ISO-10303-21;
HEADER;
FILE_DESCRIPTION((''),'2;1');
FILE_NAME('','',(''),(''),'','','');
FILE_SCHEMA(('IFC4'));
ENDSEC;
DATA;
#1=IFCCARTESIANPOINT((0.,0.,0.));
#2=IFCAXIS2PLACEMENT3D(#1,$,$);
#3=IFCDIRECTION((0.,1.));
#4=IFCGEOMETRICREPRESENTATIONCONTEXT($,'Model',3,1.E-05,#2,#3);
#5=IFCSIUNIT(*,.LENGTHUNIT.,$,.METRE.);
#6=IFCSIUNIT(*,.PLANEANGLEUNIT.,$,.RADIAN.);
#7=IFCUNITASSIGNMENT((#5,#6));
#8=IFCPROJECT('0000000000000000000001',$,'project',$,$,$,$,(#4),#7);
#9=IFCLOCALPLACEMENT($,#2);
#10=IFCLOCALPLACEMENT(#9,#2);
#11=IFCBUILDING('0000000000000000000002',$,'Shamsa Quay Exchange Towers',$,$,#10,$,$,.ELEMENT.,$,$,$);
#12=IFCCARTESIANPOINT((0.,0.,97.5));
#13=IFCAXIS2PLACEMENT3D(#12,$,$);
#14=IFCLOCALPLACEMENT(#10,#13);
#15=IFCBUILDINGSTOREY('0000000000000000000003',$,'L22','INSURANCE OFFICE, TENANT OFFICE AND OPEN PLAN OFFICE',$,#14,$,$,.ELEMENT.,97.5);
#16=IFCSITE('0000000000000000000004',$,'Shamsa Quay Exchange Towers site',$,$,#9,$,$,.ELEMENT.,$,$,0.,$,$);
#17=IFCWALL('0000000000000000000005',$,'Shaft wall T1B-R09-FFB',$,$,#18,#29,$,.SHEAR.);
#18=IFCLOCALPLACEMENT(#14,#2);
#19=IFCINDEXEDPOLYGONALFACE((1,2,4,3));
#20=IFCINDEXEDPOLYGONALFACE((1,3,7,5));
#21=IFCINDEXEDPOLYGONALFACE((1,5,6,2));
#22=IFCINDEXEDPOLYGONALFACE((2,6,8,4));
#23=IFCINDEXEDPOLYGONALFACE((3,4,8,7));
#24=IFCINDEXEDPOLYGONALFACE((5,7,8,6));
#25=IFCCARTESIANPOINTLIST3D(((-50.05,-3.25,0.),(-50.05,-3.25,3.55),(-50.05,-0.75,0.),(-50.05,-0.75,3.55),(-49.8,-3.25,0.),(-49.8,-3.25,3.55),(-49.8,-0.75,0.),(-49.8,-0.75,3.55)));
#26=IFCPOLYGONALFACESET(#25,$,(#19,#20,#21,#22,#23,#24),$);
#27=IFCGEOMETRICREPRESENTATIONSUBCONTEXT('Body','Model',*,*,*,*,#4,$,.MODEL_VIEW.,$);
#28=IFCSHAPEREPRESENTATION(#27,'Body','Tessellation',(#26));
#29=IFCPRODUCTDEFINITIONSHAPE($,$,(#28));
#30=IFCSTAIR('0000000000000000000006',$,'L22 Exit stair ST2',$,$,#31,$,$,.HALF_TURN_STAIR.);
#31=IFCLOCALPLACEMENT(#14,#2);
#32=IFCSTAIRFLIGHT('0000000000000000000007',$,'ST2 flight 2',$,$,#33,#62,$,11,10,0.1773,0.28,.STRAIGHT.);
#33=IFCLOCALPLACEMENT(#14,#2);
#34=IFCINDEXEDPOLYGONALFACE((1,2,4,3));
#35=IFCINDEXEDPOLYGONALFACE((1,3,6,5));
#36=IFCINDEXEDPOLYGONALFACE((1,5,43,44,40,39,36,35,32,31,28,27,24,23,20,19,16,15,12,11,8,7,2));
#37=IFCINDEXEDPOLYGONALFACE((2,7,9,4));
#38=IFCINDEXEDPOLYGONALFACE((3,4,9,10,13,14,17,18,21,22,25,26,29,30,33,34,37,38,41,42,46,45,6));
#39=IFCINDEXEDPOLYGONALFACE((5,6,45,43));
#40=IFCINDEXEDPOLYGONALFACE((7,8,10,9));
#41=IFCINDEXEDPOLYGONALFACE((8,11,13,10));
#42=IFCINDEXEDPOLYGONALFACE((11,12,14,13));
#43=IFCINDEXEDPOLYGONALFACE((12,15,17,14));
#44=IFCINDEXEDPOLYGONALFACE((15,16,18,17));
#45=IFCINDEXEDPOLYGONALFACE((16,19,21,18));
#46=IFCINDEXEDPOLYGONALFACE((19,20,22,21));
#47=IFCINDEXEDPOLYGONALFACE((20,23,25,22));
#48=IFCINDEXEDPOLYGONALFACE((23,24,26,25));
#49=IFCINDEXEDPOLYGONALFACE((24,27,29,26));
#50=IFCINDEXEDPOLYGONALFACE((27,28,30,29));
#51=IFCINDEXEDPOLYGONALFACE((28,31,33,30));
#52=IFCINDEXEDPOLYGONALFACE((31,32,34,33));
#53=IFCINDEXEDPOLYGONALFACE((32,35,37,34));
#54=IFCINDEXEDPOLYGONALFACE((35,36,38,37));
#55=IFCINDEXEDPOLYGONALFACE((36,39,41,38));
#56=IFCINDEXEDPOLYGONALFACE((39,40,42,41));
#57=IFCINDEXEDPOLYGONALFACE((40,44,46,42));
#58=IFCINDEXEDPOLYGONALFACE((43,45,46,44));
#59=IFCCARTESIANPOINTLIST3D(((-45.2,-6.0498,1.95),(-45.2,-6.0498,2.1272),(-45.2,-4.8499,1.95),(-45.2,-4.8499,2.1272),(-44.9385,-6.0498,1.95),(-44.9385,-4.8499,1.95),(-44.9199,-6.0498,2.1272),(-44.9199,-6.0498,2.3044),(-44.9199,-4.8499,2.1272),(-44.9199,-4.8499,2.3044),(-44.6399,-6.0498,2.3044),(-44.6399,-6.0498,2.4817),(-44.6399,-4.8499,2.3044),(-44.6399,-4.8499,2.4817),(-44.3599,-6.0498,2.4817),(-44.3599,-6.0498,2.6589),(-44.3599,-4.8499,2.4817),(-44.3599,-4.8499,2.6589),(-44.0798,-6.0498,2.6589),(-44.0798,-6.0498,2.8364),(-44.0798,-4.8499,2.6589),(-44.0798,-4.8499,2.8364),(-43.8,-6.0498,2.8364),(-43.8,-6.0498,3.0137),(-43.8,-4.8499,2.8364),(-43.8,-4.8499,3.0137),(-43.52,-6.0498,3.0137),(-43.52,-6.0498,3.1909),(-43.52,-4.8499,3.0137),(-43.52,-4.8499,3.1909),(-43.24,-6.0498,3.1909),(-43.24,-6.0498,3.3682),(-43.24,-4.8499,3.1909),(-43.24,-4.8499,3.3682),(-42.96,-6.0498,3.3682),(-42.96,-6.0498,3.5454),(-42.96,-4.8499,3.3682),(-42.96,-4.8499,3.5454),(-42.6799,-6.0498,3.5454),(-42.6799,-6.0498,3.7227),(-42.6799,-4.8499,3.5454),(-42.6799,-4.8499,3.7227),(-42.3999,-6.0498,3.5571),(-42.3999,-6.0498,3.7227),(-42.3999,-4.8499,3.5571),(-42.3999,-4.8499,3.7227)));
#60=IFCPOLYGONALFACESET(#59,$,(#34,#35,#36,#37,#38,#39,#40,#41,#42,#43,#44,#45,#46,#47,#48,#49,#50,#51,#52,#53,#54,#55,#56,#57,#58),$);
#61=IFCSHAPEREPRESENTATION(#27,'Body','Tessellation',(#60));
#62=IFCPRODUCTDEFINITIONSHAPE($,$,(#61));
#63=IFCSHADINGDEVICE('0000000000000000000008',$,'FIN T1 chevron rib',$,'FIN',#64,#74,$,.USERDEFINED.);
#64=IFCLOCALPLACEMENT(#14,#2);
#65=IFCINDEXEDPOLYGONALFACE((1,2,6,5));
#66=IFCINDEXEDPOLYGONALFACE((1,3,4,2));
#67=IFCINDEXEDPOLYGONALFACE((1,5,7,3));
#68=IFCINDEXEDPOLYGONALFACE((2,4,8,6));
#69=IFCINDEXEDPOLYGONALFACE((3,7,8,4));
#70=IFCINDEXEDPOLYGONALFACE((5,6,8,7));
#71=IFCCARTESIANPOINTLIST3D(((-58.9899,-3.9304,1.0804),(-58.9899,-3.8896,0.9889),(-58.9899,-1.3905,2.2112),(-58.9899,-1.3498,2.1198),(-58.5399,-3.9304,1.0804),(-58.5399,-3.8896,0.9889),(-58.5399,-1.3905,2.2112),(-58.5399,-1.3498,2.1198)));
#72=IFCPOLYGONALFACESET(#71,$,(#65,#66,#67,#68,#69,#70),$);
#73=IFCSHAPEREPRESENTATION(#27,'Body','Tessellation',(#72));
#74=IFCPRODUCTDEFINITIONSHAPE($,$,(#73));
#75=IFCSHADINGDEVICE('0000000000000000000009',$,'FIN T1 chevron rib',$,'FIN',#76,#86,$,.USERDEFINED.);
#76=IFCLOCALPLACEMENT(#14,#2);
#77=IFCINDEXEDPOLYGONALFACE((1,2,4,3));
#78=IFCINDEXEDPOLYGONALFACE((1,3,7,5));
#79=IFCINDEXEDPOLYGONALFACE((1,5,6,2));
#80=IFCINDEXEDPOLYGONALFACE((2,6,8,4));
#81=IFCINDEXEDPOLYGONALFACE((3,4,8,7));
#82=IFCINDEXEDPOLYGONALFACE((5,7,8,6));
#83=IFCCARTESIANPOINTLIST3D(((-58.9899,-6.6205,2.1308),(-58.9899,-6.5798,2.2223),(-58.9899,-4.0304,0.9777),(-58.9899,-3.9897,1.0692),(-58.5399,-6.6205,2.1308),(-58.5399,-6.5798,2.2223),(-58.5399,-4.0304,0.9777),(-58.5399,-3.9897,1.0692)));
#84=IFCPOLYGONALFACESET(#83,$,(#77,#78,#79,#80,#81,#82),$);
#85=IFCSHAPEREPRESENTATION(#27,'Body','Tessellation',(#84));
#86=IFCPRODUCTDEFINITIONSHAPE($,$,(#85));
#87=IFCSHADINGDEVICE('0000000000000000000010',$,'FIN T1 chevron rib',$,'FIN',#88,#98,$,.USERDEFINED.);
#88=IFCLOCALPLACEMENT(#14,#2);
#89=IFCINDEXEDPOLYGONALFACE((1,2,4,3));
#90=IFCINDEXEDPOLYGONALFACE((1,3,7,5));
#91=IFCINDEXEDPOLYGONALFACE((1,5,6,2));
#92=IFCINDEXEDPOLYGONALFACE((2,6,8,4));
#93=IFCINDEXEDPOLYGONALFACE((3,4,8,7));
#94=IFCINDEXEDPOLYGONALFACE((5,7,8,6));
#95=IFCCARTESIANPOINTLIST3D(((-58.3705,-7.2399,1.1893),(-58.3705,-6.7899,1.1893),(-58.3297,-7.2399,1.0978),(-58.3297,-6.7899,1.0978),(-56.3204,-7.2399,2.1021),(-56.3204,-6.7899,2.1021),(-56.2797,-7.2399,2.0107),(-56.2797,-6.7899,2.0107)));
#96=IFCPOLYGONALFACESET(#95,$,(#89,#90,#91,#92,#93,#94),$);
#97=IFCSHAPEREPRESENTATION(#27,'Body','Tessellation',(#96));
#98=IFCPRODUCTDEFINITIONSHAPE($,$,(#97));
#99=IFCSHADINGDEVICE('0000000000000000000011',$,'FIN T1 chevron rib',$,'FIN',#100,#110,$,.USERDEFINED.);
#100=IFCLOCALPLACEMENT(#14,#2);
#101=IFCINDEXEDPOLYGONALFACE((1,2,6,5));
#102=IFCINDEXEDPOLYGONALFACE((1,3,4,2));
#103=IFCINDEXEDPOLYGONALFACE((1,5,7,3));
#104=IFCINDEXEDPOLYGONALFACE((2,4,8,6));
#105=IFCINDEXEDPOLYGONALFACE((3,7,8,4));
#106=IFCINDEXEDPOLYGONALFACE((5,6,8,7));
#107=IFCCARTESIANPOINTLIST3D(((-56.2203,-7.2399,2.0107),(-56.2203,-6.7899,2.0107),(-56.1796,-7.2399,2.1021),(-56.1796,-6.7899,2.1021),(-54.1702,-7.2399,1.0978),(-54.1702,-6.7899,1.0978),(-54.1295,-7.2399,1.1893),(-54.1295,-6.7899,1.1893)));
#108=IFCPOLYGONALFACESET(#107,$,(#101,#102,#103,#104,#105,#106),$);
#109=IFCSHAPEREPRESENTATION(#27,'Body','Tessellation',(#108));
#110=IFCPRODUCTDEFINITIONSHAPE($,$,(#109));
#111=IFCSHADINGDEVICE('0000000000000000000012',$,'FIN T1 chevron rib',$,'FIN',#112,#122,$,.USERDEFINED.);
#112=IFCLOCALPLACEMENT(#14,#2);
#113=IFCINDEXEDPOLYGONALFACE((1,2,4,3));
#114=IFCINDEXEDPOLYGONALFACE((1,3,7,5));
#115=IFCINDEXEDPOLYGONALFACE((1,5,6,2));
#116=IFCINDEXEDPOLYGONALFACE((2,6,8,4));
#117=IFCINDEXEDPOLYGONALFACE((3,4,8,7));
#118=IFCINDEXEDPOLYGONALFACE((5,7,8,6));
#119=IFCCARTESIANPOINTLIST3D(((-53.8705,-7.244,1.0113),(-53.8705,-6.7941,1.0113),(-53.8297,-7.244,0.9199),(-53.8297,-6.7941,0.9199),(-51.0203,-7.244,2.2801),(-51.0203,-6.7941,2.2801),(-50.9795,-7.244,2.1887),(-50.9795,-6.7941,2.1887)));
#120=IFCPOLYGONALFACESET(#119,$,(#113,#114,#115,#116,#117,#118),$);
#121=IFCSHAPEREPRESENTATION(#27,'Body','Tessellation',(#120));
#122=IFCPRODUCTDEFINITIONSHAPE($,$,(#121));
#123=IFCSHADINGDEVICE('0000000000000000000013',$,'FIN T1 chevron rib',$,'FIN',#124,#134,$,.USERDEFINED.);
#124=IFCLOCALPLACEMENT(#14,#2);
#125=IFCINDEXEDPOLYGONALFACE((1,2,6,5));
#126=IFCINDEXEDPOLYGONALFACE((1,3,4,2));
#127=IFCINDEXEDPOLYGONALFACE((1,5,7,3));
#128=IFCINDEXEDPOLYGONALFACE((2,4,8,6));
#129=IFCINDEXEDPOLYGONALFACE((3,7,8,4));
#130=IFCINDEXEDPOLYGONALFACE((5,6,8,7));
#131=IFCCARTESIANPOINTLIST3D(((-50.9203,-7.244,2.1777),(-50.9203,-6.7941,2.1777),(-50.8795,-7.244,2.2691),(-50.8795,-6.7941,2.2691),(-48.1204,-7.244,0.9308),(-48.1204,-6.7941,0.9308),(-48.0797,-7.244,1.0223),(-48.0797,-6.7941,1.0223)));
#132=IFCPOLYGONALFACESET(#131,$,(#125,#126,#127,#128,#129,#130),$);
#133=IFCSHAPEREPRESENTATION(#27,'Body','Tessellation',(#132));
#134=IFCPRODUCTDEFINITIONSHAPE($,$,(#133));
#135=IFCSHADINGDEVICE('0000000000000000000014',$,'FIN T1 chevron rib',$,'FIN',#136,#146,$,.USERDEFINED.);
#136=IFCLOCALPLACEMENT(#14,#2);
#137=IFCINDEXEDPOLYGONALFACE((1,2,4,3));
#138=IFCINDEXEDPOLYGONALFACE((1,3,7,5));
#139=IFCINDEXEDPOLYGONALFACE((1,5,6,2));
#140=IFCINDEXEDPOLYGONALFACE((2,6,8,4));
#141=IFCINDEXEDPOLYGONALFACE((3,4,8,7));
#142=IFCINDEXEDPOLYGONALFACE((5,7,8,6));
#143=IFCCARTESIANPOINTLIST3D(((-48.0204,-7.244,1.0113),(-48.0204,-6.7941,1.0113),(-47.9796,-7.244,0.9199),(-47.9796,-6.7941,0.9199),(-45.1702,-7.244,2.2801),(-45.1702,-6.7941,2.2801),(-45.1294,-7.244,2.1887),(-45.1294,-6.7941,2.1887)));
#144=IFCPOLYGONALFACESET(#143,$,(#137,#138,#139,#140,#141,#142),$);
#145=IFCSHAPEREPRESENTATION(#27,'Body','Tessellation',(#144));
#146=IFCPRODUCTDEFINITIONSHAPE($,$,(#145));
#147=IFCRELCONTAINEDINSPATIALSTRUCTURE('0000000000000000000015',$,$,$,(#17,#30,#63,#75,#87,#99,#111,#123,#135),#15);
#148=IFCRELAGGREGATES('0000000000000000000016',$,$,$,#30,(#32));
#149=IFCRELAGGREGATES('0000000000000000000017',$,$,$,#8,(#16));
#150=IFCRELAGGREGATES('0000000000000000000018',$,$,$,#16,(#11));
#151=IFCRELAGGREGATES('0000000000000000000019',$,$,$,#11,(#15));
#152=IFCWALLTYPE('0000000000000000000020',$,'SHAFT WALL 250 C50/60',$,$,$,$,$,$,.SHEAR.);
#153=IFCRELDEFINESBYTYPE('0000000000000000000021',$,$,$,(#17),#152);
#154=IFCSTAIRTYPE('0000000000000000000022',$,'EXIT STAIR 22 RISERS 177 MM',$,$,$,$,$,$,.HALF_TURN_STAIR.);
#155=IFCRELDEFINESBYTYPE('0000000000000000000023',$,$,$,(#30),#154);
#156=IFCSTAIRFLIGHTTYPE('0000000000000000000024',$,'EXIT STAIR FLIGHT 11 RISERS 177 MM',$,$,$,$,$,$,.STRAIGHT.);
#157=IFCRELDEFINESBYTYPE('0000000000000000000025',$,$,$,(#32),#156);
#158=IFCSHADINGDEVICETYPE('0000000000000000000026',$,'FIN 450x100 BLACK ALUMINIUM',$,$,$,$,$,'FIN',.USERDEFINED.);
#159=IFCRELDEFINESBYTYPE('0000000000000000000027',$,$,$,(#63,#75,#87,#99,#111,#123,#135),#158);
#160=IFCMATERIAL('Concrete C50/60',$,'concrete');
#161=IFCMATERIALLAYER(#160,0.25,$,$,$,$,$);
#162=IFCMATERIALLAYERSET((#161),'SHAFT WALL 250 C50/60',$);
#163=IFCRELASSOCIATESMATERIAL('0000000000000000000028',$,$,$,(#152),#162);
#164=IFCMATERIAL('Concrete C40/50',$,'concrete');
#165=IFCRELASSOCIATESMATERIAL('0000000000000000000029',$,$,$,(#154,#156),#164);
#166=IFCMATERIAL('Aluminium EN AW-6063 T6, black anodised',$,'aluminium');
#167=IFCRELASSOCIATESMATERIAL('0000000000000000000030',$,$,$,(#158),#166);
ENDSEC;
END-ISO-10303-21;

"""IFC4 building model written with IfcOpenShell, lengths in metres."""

from ifc_helpers import new_model, si_unit, direction, frame, frame_2d, origin, origin_2d, place, context, subcontext, project, spatial, polyline, rectangle, outline, extrude, material, layer, layer_set, material_profile, profile_set, type_object, element, aggregate, save


model = new_model("IFC4")

# Units and contexts
model_context = context("Model", 3, precision=1e-05, world=origin(), true_north=direction((0.0, 1.0)))
body_context = subcontext(model_context, "Body", "Model", "MODEL_VIEW")
ifc_project = project(units=[si_unit("LENGTHUNIT", "METRE"), si_unit("PLANEANGLEUNIT", "RADIAN")], contexts=[model_context])

# Site, building, storey
site_placement = place(None, origin())
site = spatial("IfcSite", under=ifc_project, at=site_placement, Name="Shamsa Quay Exchange Towers site", CompositionType="ELEMENT", RefElevation=0.0)
building_placement = place(site_placement, origin())
building = spatial("IfcBuilding", under=site, at=building_placement, Name="Shamsa Quay Exchange Towers", CompositionType="ELEMENT")
storey_placement = place(building_placement, frame((0.0, 0.0, 97.5)))
storey = spatial("IfcBuildingStorey", under=building, at=storey_placement, Name="L22", Description="INSURANCE OFFICE, TENANT OFFICE AND OPEN PLAN OFFICE", CompositionType="ELEMENT", Elevation=97.5)

# Shared definitions
ifc_material_1 = material(Name="Aluminium EN AW-6063 T6, black anodised", Category="aluminium")

# Shared definitions
ifc_material_2 = material(Name="Concrete C50/60", Category="concrete")
ifc_layer_1 = layer(ifc_material_2, 0.25)
ifc_layer_set_1 = layer_set([ifc_layer_1], Name="SHAFT WALL 250 C50/60")
wall_type_1 = type_object("IfcWallType", Name="SHAFT WALL 250 C50/60", PredefinedType="SHEAR", material=ifc_layer_set_1)

# Wall
wall_1_placement = place(storey_placement, frame((-49.925, -3.25, 0.0), z_axis=(0.0, 0.0, 1.0), x_axis=(0.0, 1.0, 0.0)))
element("IfcWall", 1, at=wall_1_placement, inside=storey, type_object=wall_type_1, Name="Shaft wall T1B-R09-FFB", PredefinedType="SHEAR", context=body_context, shape_type="SweptSolid", body=[
    extrude(rectangle(XDim=2.5, YDim=0.25, at=frame_2d((1.25, 0.0))), origin(), (0.0, 0.0, 1.0), 3.55),
])

# Stair, stair flight
ifc_material_3 = material(Name="Concrete C40/50", Category="concrete")
stair_type = type_object("IfcStairType", Name="EXIT STAIR 22 RISERS 177 MM", PredefinedType="HALF_TURN_STAIR", material=ifc_material_3)
stair_placement = place(storey_placement, origin())
stair = element("IfcStair", 2, at=stair_placement, inside=storey, type_object=stair_type, Name="L22 Exit stair ST2", PredefinedType="HALF_TURN_STAIR")
stair_flight_type = type_object("IfcStairFlightType", Name="EXIT STAIR FLIGHT 11 RISERS 177 MM", PredefinedType="STRAIGHT", material=ifc_material_3)
stair_flight_placement = place(storey_placement, frame((-45.2, -5.45, 1.95)))
stair_flight = element("IfcStairFlight", 3, at=stair_flight_placement, type_object=stair_flight_type, Name="ST2 flight 2", NumberOfRisers=11, NumberOfTreads=10, PredefinedType="STRAIGHT", RiserHeight=0.1773, TreadLength=0.28, context=body_context, shape_type="SweptSolid", body=[
    extrude(outline(polyline([(0.0, 0.0), (0.0, 0.1772), (0.28, 0.1772), (0.28, 0.3545), (0.5601, 0.3545), (0.5601, 0.5317), (0.8401, 0.5317), (0.8401, 0.709), (1.1201, 0.709), (1.1201, 0.8865), (1.3999, 0.8865), (1.3999, 1.0637), (1.6799, 1.0637), (1.6799, 1.241), (1.96, 1.241), (1.96, 1.4182), (2.24, 1.4182), (2.24, 1.5955), (2.52, 1.5955), (2.52, 1.7727), (2.8, 1.7727), (2.8, 1.95), (2.8, 1.6072), (0.2615, 0.0), (0.0, 0.0)])), frame((0.0, 0.6001, 0.0), z_axis=(0.0, -1.0, 0.0), x_axis=(1.0, 0.0, 0.0)), (0.0, 0.0, 1.0), 1.2),
])
aggregate(stair, [stair_flight])

# Shading devices
ifc_material_profile_1 = material_profile(ifc_material_1, rectangle(XDim=0.45, YDim=0.1001, at=origin_2d()), Name="FIN450x100")
ifc_profile_set_1 = profile_set([ifc_material_profile_1], Name="Aluminium EN AW-6063 T6, black anodised")
shading_device_type = type_object("IfcShadingDeviceType", Name="FIN 450x100 BLACK ALUMINIUM", ElementType="FIN", PredefinedType="USERDEFINED", material=ifc_profile_set_1)
shading_device_1_placement = place(storey_placement, frame((-58.7649, -1.3701, 2.1655), z_axis=(0.0, -0.913536, -0.406758), x_axis=(1.0, 0.0, 0.0)))
element("IfcShadingDevice", 4, at=shading_device_1_placement, inside=storey, type_object=shading_device_type, Name="FIN T1 chevron rib", ObjectType="FIN", PredefinedType="USERDEFINED", context=body_context, shape_type="SweptSolid", body=[
    extrude(rectangle(XDim=0.45, YDim=0.1001, at=origin_2d()), origin(), (0.0, 0.0, 1.0), 2.7803),
])
shading_device_2_placement = place(storey_placement, frame((-58.7649, -4.01, 1.0234), z_axis=(0.0, -0.913559, 0.406706), x_axis=(1.0, 0.0, 0.0)))
element("IfcShadingDevice", 5, at=shading_device_2_placement, inside=storey, type_object=shading_device_type, Name="FIN T1 chevron rib", ObjectType="FIN", PredefinedType="USERDEFINED", context=body_context, shape_type="SweptSolid", body=[
    extrude(rectangle(XDim=0.45, YDim=0.1001, at=origin_2d()), origin(), (0.0, 0.0, 1.0), 2.8352),
])
for number, where, z_axis, x_axis, name in (
    (6, (-58.3501, -7.0149, 1.1436), (0.913529, 0.0, 0.406774), (0.0, 1.0, 0.0), "FIN T1 chevron rib"),
    (7, (-56.2, -7.0149, 2.0564), (0.913529, 0.0, -0.406774), (0.0, 1.0, 0.0), "FIN T1 chevron rib"),
):
    element("IfcShadingDevice", number, at=place(storey_placement, frame(where, z_axis=z_axis, x_axis=x_axis)), inside=storey, type_object=shading_device_type, Name=name, ObjectType="FIN", PredefinedType="USERDEFINED", context=body_context, shape_type="SweptSolid", body=[
        extrude(rectangle(XDim=0.45, YDim=0.1001, at=origin_2d()), origin(), (0.0, 0.0, 1.0), 2.2441),
    ])
shading_device_3_placement = place(storey_placement, frame((-53.8501, -7.019, 0.9656), z_axis=(0.913563, 0.0, 0.406697), x_axis=(0.0, 1.0, 0.0)))
element("IfcShadingDevice", 8, at=shading_device_3_placement, inside=storey, type_object=shading_device_type, Name="FIN T1 chevron rib", ObjectType="FIN", PredefinedType="USERDEFINED", context=body_context, shape_type="SweptSolid", body=[
    extrude(rectangle(XDim=0.45, YDim=0.1001, at=origin_2d()), origin(), (0.0, 0.0, 1.0), 3.1199),
])
shading_device_4_placement = place(storey_placement, frame((-50.8999, -7.019, 2.2234), z_axis=(0.913512, 0.0, -0.406811), x_axis=(0.0, 1.0, 0.0)))
element("IfcShadingDevice", 9, at=shading_device_4_placement, inside=storey, type_object=shading_device_type, Name="FIN T1 chevron rib", ObjectType="FIN", PredefinedType="USERDEFINED", context=body_context, shape_type="SweptSolid", body=[
    extrude(rectangle(XDim=0.45, YDim=0.1001, at=origin_2d()), origin(), (0.0, 0.0, 1.0), 3.0649),
])
shading_device_5_placement = place(storey_placement, frame((-48.0, -7.019, 0.9656), z_axis=(0.913563, 0.0, 0.406697), x_axis=(0.0, 1.0, 0.0)))
element("IfcShadingDevice", 10, at=shading_device_5_placement, inside=storey, type_object=shading_device_type, Name="FIN T1 chevron rib", ObjectType="FIN", PredefinedType="USERDEFINED", context=body_context, shape_type="SweptSolid", body=[
    extrude(rectangle(XDim=0.45, YDim=0.1001, at=origin_2d()), origin(), (0.0, 0.0, 1.0), 3.1199),
])

save(model, "model.ifc")
